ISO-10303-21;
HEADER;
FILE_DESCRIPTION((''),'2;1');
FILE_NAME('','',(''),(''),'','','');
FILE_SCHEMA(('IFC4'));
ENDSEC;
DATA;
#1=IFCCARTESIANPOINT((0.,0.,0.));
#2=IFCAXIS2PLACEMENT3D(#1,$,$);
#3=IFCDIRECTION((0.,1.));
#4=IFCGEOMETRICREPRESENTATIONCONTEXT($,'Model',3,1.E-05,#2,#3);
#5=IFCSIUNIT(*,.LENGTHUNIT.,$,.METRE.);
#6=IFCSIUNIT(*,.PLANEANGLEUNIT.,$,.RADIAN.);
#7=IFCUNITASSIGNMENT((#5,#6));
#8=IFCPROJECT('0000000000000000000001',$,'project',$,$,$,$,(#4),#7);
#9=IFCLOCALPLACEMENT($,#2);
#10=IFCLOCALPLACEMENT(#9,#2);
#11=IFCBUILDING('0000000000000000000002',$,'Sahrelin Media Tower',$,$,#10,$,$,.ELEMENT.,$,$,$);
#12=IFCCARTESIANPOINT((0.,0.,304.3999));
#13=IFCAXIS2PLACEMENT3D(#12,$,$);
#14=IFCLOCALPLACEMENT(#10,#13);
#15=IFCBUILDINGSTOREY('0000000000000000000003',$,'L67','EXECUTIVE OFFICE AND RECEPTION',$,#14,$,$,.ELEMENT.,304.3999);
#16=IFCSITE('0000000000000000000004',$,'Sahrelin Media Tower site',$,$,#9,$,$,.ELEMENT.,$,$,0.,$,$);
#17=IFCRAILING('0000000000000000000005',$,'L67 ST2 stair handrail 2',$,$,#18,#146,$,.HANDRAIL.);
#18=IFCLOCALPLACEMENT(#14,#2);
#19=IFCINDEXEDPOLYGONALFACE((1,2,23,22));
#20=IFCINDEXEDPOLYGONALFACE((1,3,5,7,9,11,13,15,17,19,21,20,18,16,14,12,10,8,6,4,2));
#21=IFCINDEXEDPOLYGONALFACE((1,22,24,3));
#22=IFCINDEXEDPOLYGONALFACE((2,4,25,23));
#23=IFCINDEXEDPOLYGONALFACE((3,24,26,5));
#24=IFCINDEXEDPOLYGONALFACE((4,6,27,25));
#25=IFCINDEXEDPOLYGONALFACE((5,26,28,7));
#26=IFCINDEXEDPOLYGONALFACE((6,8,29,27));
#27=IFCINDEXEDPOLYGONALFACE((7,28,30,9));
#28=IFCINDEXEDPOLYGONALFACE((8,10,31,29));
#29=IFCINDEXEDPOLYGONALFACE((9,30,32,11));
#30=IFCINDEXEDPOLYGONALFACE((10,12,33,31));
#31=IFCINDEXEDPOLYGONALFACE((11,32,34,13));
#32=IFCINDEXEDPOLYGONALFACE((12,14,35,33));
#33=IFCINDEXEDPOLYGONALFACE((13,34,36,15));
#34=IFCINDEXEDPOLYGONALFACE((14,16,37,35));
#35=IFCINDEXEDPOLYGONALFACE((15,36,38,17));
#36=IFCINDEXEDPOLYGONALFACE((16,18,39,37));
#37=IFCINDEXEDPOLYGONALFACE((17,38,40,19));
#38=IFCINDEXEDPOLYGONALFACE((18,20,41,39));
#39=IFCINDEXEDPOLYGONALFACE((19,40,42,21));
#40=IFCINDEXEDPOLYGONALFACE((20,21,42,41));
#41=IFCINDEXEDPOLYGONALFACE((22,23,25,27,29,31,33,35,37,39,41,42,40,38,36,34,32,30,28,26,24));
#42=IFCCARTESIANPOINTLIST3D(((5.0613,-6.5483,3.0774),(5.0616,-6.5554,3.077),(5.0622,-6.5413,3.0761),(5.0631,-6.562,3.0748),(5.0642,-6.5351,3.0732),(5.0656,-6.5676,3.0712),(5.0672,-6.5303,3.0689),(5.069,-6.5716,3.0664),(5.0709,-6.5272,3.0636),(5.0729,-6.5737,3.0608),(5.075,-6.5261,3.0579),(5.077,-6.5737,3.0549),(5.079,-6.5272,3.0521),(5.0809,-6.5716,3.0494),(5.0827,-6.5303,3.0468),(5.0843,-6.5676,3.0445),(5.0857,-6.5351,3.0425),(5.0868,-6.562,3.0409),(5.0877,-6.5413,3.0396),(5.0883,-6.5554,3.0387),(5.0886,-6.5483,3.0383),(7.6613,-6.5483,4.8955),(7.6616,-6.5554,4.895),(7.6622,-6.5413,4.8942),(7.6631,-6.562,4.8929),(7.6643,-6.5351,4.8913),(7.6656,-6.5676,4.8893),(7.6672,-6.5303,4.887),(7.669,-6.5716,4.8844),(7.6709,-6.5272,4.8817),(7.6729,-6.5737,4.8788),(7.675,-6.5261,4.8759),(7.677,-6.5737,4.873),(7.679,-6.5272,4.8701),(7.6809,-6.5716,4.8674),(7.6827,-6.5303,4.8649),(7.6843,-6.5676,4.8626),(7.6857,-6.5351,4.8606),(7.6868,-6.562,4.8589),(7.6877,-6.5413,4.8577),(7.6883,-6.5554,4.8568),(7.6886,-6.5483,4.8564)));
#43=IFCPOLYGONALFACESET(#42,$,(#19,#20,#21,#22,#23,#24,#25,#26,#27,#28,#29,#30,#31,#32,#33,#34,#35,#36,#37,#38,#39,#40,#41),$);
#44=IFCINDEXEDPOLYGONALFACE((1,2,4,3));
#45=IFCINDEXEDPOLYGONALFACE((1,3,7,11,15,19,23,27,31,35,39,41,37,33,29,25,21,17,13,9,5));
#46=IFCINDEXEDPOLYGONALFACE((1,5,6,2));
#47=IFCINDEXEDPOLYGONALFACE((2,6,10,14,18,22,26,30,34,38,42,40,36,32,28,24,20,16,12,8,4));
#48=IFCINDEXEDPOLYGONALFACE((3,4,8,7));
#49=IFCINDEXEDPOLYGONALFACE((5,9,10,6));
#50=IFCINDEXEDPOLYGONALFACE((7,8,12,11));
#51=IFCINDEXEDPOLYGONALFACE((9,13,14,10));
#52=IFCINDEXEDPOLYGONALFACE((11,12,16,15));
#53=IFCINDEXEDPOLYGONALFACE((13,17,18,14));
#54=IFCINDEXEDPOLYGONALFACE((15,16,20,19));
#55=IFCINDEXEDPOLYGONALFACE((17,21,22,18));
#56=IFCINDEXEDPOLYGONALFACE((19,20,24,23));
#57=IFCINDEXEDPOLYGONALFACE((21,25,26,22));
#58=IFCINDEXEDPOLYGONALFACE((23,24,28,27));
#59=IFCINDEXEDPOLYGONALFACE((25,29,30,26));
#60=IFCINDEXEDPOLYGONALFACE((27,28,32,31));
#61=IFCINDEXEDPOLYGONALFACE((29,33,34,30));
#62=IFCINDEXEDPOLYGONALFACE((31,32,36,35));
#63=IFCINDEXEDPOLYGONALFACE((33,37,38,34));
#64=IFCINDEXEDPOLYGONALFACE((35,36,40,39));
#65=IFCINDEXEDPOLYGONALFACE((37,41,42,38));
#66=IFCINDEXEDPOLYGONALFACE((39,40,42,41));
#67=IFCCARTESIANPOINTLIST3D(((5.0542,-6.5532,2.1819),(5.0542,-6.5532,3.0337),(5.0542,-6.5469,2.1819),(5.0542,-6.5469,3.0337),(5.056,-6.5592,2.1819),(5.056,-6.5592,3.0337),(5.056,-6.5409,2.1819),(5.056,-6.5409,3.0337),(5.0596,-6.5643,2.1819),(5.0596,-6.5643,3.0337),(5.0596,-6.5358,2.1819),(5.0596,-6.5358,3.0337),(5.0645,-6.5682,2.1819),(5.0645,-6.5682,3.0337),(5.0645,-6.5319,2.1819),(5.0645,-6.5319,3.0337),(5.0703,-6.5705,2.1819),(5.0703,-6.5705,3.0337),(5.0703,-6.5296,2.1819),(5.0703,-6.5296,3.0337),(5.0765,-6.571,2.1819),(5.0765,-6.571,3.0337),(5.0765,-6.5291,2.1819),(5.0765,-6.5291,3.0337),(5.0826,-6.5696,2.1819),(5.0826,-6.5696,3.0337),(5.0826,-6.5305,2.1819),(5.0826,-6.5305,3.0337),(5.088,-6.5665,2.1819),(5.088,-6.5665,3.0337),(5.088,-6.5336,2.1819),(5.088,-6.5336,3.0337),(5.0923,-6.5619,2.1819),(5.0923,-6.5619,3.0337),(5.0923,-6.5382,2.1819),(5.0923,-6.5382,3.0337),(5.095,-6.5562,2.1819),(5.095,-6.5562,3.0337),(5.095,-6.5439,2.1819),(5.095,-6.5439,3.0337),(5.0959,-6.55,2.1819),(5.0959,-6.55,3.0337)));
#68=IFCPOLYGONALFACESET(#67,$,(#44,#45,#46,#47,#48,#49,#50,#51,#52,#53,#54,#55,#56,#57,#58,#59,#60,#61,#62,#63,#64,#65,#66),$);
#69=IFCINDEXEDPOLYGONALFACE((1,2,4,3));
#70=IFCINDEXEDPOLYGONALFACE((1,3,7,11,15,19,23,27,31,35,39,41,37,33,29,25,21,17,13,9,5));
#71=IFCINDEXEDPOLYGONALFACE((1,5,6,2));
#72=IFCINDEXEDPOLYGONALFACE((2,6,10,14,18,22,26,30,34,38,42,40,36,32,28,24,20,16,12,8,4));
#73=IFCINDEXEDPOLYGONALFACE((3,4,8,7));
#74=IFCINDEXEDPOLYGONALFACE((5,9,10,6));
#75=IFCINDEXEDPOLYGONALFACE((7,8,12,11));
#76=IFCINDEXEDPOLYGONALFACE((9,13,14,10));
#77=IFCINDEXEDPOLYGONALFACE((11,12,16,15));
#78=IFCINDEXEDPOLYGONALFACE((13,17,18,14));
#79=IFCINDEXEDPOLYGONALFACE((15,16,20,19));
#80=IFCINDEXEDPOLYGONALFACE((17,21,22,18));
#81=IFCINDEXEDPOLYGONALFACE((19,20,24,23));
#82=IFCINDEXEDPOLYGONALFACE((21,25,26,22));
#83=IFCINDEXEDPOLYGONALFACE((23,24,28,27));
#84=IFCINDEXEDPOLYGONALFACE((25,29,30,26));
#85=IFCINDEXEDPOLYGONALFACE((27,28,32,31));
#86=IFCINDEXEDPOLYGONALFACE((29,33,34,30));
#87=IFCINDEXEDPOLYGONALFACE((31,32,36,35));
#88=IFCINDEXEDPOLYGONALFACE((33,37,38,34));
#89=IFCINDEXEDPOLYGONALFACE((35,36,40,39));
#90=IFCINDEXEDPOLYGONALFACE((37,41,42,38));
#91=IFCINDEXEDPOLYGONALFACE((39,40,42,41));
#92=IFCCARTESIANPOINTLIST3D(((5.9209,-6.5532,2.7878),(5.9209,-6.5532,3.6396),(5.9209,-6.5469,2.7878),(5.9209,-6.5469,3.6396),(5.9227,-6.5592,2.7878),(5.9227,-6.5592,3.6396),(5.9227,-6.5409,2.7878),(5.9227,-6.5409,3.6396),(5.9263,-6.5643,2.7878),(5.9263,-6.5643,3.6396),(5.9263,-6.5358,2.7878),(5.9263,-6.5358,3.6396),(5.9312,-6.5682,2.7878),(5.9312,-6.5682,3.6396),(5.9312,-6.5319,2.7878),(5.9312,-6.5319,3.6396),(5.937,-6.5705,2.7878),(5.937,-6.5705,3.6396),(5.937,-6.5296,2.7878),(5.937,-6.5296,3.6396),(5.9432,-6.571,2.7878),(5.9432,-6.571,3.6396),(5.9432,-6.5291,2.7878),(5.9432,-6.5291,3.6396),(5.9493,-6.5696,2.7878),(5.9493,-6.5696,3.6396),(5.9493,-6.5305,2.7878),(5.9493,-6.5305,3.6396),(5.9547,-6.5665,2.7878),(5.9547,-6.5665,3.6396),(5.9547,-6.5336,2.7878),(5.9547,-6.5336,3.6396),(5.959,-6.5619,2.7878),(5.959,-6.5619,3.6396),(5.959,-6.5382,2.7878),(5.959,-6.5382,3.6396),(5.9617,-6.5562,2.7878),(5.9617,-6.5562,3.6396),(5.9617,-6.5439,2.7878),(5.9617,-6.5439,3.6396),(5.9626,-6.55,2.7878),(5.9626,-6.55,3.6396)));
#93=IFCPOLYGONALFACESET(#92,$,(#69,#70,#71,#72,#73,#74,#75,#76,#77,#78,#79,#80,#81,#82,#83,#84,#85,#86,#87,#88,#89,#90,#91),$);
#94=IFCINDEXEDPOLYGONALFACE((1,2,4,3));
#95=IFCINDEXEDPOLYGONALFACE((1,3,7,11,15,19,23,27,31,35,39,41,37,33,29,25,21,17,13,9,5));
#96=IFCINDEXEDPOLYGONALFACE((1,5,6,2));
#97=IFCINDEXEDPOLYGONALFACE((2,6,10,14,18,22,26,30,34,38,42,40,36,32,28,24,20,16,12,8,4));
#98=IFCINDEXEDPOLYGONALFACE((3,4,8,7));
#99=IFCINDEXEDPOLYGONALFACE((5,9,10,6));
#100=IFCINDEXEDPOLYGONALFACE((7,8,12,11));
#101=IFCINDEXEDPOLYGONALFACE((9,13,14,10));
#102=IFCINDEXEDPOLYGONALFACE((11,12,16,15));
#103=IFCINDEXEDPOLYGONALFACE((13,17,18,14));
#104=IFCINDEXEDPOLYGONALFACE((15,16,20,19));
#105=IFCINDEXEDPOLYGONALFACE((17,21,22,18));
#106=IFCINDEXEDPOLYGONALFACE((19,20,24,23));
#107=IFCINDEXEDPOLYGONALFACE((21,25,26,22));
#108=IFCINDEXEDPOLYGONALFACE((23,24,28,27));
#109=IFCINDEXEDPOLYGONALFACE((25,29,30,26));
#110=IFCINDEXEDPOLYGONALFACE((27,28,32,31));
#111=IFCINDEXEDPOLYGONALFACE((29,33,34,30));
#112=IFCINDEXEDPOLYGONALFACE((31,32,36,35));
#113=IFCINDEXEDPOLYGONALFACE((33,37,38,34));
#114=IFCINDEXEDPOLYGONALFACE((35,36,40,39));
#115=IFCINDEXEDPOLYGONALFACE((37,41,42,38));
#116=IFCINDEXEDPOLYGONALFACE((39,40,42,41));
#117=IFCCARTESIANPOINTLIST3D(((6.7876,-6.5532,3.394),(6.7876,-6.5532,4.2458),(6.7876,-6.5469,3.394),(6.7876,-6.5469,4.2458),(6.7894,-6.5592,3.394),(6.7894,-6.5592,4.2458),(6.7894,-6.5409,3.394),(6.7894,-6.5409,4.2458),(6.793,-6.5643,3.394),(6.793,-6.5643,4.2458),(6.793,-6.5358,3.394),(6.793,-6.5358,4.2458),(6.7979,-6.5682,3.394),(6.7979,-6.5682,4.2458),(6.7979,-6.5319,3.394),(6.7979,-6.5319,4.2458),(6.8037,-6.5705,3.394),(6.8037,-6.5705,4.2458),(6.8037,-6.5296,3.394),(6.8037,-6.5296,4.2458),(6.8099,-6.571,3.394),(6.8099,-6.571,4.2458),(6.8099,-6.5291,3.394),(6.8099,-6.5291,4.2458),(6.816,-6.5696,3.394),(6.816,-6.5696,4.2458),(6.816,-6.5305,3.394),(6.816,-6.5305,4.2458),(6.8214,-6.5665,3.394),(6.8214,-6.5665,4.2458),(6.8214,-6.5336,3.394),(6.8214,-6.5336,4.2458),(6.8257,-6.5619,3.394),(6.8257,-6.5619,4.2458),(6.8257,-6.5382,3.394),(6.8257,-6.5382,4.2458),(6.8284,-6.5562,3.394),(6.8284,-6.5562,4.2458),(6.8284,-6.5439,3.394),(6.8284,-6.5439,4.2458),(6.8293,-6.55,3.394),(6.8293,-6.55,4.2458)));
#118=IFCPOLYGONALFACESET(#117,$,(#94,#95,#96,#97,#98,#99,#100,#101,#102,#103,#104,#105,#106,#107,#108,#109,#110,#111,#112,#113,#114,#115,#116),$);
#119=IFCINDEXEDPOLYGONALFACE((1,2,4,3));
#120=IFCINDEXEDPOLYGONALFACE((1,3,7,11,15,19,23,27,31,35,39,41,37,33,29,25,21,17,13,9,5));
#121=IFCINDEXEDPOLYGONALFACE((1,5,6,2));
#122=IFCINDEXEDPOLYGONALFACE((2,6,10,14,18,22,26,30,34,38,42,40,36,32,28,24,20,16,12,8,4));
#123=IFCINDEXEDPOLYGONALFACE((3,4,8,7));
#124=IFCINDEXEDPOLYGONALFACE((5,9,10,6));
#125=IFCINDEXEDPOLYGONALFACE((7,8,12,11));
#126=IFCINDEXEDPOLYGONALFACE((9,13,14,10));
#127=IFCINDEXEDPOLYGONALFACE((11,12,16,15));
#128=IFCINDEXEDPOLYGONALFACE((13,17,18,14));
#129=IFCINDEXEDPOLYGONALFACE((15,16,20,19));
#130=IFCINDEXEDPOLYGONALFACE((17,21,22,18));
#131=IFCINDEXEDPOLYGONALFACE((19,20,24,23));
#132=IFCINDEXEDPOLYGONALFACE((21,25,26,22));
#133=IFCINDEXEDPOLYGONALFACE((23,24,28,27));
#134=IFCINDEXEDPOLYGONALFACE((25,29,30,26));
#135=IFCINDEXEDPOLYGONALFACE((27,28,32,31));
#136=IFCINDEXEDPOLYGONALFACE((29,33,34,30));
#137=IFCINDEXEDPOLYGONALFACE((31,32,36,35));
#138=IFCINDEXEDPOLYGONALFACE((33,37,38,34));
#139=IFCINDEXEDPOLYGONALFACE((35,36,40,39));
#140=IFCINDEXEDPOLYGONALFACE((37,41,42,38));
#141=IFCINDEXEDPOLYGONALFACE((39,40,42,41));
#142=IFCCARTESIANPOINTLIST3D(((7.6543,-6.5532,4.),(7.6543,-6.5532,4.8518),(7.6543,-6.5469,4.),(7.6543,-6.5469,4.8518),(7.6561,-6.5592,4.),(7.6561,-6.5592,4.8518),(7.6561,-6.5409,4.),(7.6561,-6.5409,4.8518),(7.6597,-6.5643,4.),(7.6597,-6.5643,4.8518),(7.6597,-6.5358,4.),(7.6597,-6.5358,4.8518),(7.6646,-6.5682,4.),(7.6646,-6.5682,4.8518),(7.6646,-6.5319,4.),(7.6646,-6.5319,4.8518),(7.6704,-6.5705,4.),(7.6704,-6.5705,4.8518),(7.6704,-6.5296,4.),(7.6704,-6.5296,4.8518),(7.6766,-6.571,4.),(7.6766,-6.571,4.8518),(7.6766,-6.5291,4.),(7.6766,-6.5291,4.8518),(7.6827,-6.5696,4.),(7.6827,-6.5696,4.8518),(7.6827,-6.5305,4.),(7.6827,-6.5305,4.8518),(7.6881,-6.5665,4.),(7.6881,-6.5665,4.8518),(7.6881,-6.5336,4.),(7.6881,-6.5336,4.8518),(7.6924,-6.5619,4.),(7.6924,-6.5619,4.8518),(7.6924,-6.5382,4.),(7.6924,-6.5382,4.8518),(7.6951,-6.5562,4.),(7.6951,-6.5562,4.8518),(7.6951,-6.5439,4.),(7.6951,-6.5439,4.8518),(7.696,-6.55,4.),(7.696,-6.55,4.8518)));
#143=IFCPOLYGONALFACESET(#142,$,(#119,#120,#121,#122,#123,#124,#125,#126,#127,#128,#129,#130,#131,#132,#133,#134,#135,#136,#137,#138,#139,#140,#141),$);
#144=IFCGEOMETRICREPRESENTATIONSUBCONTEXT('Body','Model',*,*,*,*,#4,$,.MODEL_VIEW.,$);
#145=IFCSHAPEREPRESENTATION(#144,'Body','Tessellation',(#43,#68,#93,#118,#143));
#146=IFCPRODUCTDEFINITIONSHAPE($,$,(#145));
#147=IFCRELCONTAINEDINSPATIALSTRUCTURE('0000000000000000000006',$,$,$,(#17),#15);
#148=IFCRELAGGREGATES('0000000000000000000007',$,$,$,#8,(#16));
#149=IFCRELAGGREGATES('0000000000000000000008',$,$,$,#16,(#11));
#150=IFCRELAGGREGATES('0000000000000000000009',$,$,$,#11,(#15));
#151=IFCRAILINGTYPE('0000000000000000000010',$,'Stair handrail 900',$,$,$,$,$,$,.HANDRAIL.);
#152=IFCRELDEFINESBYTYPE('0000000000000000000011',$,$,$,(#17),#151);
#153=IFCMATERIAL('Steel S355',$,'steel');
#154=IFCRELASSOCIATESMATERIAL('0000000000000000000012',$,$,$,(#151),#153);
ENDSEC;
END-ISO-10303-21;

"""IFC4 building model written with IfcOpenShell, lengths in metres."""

from ifc_helpers import new_model, si_unit, direction, frame, origin, origin_2d, place, context, subcontext, project, spatial, circle, extrude, material, type_object, element, save


model = new_model("IFC4")

# Units and contexts
model_context = context("Model", 3, precision=1e-05, world=origin(), true_north=direction((0.0, 1.0)))
body_context = subcontext(model_context, "Body", "Model", "MODEL_VIEW")
ifc_project = project(units=[si_unit("LENGTHUNIT", "METRE"), si_unit("PLANEANGLEUNIT", "RADIAN")], contexts=[model_context])

# Site, building, storey
site_placement = place(None, origin())
site = spatial("IfcSite", under=ifc_project, at=site_placement, Name="Sahrelin Media Tower site", CompositionType="ELEMENT", RefElevation=0.0)
building_placement = place(site_placement, origin())
building = spatial("IfcBuilding", under=site, at=building_placement, Name="Sahrelin Media Tower", CompositionType="ELEMENT")
storey_placement = place(building_placement, frame((0.0, 0.0, 304.3999)))
storey = spatial("IfcBuildingStorey", under=building, at=storey_placement, Name="L67", Description="EXECUTIVE OFFICE AND RECEPTION", CompositionType="ELEMENT", Elevation=304.3999)

# Railing
ifc_material_1 = material(Name="Steel S355", Category="steel")
railing_type_1 = type_object("IfcRailingType", Name="Stair handrail 900", PredefinedType="HANDRAIL", material=ifc_material_1)
railing_1_placement = place(storey_placement, frame((5.075, -6.55, 2.1819)))
element("IfcRailing", 1, at=railing_1_placement, inside=storey, type_object=railing_type_1, Name="L67 ST2 stair handrail 2", PredefinedType="HANDRAIL", context=body_context, shape_type="SweptSolid", body=[
    extrude(circle(Radius=0.0239, at=origin_2d()), frame((0.0, 0.0, 0.876), z_axis=(0.819521, 0.0, 0.573049), x_axis=(0.0, 1.0, 0.0)), (0.0, 0.0, 1.0), 3.1726),
    extrude(circle(Radius=0.021, at=origin_2d()), origin(), (0.0, 0.0, 1.0), 0.8518),
    extrude(circle(Radius=0.021, at=origin_2d()), frame((0.8667, 0.0, 0.606)), (0.0, 0.0, 1.0), 0.8518),
    extrude(circle(Radius=0.021, at=origin_2d()), frame((1.7334, 0.0, 1.2122)), (0.0, 0.0, 1.0), 0.8518),
    extrude(circle(Radius=0.021, at=origin_2d()), frame((2.6001, 0.0, 1.8181)), (0.0, 0.0, 1.0), 0.8518),
])

save(model, "model.ifc")
